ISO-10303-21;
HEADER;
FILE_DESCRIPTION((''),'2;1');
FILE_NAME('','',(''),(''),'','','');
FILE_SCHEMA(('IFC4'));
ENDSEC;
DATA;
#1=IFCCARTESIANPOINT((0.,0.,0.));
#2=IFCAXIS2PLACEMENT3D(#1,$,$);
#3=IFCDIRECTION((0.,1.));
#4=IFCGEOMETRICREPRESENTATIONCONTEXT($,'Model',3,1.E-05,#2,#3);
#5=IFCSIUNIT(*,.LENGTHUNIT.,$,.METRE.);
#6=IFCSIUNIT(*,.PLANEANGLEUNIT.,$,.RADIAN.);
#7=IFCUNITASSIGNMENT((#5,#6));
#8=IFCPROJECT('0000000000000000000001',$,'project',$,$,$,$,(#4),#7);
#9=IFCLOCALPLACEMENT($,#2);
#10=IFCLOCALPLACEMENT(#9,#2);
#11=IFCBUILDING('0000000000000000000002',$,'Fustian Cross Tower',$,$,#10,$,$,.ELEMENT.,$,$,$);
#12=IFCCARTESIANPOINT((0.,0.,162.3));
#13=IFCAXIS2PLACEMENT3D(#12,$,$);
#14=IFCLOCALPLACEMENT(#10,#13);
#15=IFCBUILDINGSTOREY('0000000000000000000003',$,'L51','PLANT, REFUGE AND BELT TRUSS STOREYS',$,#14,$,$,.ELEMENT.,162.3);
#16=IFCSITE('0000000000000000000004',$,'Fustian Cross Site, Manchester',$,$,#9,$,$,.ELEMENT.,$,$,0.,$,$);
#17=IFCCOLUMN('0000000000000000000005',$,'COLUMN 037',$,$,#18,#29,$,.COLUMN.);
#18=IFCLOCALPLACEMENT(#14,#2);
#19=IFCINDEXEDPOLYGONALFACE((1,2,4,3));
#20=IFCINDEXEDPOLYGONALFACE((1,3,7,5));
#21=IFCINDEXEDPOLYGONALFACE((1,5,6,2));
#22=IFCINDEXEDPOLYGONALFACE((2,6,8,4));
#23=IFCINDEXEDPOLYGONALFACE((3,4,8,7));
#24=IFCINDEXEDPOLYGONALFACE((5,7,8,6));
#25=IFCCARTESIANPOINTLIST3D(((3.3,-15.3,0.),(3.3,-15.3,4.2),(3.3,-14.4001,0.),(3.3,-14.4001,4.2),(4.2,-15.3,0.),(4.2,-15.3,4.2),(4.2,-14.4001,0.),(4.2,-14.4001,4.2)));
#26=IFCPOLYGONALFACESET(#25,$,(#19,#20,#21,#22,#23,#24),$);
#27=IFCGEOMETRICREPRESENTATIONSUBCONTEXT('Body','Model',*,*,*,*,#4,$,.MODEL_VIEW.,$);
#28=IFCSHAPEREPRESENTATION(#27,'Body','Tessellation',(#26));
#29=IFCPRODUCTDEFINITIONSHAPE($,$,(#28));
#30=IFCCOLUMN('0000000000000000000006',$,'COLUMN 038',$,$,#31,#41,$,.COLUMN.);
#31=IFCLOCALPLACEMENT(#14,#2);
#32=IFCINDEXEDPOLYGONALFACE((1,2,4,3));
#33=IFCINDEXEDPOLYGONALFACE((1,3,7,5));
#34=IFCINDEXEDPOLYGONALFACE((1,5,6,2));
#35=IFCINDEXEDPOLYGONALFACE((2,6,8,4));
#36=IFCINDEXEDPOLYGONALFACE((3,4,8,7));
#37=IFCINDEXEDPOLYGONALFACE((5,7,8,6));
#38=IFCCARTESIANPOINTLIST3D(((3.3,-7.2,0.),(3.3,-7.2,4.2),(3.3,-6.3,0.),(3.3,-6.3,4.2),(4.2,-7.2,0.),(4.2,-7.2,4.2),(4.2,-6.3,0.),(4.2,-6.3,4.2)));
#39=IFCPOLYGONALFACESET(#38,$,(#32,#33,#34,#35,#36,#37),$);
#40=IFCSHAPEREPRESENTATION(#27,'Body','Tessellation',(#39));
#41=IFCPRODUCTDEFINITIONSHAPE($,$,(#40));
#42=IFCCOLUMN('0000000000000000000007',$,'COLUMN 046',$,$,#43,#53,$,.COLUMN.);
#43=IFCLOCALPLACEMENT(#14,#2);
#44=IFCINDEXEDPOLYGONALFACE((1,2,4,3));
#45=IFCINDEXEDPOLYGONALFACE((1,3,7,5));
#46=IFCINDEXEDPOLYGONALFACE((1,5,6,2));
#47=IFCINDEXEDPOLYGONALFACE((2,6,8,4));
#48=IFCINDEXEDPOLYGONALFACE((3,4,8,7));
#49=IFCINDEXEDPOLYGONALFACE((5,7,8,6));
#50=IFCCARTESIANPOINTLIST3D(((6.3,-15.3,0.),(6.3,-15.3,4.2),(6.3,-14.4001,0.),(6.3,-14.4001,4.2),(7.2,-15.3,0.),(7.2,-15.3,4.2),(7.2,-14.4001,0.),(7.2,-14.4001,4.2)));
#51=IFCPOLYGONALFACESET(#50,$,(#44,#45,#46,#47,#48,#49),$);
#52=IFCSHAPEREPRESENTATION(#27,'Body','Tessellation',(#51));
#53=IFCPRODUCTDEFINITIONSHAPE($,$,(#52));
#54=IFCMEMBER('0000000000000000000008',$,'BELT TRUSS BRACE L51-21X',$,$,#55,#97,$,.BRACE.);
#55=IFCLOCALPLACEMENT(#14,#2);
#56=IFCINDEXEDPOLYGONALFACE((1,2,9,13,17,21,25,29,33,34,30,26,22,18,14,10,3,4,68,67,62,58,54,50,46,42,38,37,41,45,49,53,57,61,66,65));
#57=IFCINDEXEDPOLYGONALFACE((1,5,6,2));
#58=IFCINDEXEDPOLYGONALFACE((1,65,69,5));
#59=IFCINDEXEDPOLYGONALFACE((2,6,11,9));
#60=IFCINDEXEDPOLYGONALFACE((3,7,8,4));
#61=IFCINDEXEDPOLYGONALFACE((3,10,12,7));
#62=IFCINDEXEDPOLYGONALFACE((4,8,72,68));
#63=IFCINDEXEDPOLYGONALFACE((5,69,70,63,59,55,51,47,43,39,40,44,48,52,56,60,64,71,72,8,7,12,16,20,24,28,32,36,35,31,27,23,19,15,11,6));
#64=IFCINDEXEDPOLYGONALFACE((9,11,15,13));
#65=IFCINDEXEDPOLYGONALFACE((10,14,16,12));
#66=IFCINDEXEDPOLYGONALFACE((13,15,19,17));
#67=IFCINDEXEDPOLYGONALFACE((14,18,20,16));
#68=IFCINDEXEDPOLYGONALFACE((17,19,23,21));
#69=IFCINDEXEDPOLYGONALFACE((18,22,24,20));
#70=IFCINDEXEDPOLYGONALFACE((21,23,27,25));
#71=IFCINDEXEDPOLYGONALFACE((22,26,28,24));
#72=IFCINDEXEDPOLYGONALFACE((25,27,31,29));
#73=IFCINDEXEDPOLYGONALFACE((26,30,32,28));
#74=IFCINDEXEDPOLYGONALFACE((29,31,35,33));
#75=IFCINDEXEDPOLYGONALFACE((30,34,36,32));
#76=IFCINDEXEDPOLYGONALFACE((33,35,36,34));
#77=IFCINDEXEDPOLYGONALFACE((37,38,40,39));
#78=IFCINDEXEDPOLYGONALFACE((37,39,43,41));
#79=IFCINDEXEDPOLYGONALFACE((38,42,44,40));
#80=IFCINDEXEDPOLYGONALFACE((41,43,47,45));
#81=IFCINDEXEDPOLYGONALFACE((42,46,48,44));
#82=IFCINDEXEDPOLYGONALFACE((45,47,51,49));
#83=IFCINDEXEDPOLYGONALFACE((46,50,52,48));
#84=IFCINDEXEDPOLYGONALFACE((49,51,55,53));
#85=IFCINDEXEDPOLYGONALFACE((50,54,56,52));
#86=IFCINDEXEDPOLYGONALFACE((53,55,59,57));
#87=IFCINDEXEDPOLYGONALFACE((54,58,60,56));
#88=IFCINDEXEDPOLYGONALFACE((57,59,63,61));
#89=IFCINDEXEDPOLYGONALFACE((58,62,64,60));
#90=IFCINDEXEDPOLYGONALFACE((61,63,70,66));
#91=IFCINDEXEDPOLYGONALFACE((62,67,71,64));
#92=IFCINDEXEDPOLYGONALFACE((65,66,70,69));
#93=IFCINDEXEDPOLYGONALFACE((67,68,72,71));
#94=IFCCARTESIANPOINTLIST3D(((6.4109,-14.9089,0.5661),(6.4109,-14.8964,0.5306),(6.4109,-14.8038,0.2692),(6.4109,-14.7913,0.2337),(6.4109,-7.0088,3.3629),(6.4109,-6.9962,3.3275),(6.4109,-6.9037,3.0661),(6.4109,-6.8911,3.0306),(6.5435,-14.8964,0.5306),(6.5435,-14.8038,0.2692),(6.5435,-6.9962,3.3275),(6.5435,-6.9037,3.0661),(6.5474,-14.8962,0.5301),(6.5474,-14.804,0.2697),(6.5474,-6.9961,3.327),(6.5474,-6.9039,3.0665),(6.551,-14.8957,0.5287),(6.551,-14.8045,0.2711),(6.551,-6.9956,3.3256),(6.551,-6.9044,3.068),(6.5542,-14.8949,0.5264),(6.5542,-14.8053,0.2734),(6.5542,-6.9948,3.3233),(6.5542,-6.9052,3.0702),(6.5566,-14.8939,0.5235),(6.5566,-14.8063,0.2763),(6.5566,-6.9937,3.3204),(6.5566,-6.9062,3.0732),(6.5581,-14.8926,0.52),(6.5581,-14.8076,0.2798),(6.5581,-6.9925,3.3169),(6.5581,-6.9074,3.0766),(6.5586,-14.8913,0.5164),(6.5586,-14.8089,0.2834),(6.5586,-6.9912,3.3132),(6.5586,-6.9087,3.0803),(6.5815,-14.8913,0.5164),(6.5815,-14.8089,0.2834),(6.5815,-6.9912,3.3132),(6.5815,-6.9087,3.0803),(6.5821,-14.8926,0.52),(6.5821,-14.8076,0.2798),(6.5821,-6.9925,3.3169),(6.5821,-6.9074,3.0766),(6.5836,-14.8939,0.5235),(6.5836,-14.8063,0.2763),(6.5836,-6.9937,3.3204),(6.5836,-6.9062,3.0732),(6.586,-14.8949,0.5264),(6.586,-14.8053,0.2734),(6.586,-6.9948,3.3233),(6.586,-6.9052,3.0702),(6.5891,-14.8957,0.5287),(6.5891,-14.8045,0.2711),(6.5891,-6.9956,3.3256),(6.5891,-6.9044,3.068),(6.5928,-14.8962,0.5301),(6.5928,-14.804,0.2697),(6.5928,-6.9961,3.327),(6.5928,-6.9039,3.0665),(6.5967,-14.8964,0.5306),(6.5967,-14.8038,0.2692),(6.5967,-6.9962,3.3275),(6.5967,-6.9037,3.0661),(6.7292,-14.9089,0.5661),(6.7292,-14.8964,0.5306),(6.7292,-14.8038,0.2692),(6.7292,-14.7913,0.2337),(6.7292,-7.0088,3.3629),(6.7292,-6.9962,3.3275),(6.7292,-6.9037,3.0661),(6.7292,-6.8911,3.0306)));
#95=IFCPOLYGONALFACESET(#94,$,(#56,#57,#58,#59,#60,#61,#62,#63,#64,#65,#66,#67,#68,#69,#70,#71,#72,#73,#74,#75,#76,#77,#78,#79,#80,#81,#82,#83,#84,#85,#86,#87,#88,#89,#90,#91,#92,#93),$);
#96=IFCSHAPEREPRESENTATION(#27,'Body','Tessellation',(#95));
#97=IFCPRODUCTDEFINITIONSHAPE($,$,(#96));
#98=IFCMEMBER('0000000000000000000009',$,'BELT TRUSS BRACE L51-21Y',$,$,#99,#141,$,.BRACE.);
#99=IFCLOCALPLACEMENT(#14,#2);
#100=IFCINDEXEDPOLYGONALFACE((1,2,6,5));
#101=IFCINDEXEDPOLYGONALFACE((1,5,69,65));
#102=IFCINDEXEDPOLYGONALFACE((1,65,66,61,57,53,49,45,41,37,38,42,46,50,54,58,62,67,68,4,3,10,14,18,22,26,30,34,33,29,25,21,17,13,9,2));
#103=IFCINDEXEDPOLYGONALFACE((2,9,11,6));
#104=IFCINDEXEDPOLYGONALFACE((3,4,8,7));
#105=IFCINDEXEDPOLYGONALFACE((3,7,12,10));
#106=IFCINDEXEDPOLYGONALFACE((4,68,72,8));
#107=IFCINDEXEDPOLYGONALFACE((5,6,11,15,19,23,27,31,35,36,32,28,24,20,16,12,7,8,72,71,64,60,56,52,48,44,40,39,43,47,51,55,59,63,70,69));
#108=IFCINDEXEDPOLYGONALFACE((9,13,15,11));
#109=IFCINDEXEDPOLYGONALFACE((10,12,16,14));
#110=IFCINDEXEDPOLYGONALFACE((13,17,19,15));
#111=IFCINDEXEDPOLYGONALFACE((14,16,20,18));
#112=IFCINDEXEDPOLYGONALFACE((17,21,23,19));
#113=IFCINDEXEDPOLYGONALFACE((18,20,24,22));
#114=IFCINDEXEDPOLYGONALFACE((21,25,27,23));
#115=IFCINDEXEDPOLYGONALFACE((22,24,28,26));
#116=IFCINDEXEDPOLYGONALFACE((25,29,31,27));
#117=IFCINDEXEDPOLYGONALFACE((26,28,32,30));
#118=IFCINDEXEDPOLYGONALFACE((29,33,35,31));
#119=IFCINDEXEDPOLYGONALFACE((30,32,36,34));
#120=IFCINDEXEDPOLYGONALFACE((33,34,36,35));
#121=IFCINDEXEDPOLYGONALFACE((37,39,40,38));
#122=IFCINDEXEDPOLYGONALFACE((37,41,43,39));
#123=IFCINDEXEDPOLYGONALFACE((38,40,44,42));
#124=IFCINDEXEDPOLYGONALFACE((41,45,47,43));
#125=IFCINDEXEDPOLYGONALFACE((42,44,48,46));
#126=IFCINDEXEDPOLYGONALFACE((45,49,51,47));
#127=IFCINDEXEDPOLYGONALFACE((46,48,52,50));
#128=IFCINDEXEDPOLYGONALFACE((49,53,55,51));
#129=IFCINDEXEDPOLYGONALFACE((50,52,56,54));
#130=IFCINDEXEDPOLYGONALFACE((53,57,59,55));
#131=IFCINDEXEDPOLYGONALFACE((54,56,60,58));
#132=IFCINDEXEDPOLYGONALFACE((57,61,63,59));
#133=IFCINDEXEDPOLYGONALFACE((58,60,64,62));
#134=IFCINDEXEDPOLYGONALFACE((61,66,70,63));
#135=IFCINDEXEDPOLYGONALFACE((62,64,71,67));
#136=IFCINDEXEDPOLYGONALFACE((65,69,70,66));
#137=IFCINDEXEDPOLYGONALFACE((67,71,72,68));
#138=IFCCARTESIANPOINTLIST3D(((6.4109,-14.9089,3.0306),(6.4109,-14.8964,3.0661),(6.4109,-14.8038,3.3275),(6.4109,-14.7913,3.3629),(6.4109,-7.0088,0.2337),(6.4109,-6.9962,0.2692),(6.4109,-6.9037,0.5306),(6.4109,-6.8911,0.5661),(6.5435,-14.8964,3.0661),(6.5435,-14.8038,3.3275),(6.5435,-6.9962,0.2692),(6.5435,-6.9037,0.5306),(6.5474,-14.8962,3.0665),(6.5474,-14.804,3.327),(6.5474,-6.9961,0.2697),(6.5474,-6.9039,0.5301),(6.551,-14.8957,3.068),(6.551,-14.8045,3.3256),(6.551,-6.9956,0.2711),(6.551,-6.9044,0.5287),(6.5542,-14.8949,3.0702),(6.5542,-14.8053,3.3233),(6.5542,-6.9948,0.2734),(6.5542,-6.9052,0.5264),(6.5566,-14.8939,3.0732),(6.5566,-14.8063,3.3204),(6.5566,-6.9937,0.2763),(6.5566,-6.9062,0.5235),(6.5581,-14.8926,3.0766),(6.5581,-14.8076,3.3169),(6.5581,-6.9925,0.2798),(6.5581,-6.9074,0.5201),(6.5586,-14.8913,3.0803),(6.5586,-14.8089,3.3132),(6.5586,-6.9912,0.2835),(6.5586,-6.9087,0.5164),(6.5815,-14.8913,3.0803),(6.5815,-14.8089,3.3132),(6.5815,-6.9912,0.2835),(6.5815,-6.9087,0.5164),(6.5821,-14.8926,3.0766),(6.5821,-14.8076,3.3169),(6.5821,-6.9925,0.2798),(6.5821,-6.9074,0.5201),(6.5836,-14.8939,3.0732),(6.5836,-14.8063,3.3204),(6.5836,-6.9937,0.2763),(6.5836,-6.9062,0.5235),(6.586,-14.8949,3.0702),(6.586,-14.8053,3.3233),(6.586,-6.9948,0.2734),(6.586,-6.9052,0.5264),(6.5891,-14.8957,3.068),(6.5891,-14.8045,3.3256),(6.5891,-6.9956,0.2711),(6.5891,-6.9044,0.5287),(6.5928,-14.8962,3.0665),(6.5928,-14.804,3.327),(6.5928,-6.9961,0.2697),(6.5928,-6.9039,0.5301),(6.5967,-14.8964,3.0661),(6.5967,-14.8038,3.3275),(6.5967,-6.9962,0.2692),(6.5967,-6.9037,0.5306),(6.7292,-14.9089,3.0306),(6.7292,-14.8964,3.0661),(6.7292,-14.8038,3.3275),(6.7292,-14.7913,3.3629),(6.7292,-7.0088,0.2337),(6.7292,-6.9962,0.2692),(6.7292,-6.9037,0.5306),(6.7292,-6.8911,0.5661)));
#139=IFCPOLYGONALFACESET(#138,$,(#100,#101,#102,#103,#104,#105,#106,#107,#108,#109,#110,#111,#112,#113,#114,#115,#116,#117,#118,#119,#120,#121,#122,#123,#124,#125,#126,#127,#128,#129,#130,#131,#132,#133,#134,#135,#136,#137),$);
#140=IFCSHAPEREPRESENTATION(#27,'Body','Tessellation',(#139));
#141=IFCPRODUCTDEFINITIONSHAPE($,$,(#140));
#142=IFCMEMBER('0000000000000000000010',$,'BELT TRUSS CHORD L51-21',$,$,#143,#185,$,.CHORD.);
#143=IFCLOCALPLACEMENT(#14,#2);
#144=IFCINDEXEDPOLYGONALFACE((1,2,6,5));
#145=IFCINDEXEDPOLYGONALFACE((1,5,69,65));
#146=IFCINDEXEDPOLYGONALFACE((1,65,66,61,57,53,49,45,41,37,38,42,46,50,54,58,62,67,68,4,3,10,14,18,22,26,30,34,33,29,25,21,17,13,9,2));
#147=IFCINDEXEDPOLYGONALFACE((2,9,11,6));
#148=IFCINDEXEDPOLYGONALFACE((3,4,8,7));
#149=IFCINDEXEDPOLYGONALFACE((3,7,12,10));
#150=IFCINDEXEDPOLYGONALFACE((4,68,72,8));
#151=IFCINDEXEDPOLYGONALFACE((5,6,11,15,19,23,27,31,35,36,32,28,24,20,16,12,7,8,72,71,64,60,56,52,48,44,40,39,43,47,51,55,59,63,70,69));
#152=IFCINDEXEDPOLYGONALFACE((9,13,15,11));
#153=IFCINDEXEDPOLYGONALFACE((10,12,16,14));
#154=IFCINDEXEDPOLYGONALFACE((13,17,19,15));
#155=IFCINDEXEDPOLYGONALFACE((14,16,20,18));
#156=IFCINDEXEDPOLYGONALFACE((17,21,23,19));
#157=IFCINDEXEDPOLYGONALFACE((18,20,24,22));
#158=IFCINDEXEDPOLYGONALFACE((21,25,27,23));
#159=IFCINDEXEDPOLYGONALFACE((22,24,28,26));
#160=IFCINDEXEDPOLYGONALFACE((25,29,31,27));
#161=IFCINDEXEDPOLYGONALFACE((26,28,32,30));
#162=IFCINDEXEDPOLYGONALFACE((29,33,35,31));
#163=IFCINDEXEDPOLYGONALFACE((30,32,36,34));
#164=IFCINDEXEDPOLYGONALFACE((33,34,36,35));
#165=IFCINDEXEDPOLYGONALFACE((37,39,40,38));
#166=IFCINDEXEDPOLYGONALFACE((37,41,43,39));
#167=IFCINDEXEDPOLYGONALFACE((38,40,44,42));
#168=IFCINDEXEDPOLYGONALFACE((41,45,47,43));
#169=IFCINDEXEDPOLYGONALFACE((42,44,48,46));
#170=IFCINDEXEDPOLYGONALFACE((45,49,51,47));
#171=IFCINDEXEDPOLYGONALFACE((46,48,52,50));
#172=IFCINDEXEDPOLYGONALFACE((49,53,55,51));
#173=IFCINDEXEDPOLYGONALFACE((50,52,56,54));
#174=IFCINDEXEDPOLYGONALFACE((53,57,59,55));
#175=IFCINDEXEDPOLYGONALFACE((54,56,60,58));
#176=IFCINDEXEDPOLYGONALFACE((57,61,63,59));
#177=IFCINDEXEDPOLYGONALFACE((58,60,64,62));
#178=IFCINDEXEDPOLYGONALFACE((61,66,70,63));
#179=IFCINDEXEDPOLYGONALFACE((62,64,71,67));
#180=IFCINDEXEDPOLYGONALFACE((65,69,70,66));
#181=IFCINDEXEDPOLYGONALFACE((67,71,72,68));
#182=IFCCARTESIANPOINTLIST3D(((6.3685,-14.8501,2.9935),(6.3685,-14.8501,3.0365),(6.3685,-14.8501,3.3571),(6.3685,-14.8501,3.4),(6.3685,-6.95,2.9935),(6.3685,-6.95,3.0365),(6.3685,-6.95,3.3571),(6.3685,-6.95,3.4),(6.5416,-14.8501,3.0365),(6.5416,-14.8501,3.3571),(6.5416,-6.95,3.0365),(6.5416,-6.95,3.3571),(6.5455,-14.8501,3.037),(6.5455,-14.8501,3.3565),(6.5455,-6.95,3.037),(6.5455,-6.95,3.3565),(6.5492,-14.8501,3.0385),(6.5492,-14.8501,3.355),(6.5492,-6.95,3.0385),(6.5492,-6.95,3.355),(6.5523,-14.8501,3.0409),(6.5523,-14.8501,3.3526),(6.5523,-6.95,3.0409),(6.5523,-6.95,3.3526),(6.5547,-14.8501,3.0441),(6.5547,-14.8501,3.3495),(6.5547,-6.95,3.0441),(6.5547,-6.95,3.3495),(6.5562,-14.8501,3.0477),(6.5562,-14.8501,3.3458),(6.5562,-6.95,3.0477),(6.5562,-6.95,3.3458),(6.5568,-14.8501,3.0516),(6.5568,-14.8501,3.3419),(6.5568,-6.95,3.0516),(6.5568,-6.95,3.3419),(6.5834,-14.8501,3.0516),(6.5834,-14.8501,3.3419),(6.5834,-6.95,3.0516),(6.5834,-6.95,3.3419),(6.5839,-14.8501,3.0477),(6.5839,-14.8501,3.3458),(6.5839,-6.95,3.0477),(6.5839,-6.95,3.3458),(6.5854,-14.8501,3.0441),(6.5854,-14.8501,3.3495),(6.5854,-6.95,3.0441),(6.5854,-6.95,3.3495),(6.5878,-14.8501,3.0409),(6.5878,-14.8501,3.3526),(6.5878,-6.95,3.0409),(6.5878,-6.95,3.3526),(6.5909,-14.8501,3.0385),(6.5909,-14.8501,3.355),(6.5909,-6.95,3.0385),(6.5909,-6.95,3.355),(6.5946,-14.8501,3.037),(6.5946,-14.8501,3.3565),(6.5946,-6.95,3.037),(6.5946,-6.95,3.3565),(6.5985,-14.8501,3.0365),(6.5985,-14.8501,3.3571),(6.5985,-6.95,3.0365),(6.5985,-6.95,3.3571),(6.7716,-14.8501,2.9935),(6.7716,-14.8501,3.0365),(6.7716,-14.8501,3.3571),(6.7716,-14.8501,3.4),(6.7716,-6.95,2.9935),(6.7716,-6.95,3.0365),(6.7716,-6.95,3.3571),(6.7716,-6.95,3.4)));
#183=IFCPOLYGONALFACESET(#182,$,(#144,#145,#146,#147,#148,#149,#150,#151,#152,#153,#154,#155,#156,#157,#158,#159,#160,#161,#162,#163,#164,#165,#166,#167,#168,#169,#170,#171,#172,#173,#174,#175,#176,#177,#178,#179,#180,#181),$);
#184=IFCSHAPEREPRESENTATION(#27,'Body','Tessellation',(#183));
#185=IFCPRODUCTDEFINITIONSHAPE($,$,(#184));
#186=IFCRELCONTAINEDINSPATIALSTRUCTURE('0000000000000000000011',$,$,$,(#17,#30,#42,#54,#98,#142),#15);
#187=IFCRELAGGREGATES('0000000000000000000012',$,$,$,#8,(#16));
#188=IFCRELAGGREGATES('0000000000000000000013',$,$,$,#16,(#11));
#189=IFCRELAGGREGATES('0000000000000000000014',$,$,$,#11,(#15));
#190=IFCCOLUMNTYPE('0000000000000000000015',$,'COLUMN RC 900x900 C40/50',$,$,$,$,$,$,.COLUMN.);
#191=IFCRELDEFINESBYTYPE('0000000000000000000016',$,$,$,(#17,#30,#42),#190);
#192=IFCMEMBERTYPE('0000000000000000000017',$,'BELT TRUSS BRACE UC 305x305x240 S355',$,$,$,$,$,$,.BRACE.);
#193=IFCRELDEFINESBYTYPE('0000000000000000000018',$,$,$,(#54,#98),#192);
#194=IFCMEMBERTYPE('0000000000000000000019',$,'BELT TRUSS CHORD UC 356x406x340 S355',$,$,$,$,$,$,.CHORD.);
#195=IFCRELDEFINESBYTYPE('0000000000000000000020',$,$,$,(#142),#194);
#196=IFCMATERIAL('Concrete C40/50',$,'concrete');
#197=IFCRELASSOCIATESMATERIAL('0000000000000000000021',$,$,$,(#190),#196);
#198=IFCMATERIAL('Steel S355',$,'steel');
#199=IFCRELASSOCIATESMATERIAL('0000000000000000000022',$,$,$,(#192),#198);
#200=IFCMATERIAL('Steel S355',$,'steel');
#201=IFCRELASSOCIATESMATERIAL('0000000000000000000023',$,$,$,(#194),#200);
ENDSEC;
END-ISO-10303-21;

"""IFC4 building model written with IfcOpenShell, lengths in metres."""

from ifc_helpers import new_model, si_unit, direction, frame, origin, origin_2d, place, context, subcontext, project, spatial, rectangle, i_section, extrude, material, material_profile, profile_set, type_object, element, save


model = new_model("IFC4")

# Units and contexts
model_context = context("Model", 3, precision=1e-05, world=origin(), true_north=direction((0.0, 1.0)))
body_context = subcontext(model_context, "Body", "Model", "MODEL_VIEW")
ifc_project = project(units=[si_unit("LENGTHUNIT", "METRE"), si_unit("PLANEANGLEUNIT", "RADIAN")], contexts=[model_context])

# Site, building, storey
site_placement = place(None, origin())
site = spatial("IfcSite", under=ifc_project, at=site_placement, Name="Fustian Cross Site, Manchester", CompositionType="ELEMENT", RefElevation=0.0)
building_placement = place(site_placement, origin())
building = spatial("IfcBuilding", under=site, at=building_placement, Name="Fustian Cross Tower", CompositionType="ELEMENT")
storey_placement = place(building_placement, frame((0.0, 0.0, 162.3)))
storey = spatial("IfcBuildingStorey", under=building, at=storey_placement, Name="L51", Description="PLANT, REFUGE AND BELT TRUSS STOREYS", CompositionType="ELEMENT", Elevation=162.3)

# Columns
ifc_material_1 = material(Name="Concrete C40/50", Category="concrete")
ifc_material_profile_1 = material_profile(ifc_material_1, rectangle(XDim=0.8999, YDim=0.8999, at=origin_2d()), Name="RC 900x900")
ifc_profile_set_1 = profile_set([ifc_material_profile_1], Name="Concrete C40/50")
column_type = type_object("IfcColumnType", Name="COLUMN RC 900x900 C40/50", PredefinedType="COLUMN", material=ifc_profile_set_1)
for number, where, z_axis, x_axis, name in (
    (1, (3.75, -14.8501, 0.0), (0.0, 0.0, 1.0), (1.0, 0.0, 0.0), "COLUMN 037"),
    (2, (3.75, -6.75, 0.0), (0.0, 0.0, 1.0), (1.0, 0.0, 0.0), "COLUMN 038"),
    (3, (6.75, -14.8501, 0.0), (0.0, 0.0, 1.0), (1.0, 0.0, 0.0), "COLUMN 046"),
):
    element("IfcColumn", number, at=place(storey_placement, frame(where, z_axis=z_axis, x_axis=x_axis)), inside=storey, type_object=column_type, Name=name, PredefinedType="COLUMN", context=body_context, shape_type="SweptSolid", body=[
        extrude(rectangle(XDim=0.8999, YDim=0.8999, at=origin_2d()), origin(), (0.0, 0.0, 1.0), 4.2),
    ])

# Members
ifc_material_2 = material(Name="Steel S355", Category="steel")
ifc_material_profile_2 = material_profile(ifc_material_2, i_section(OverallWidth=0.3184, OverallDepth=0.3525, WebThickness=0.0229, FlangeThickness=0.0376, FilletRadius=0.0151, at=origin_2d()), Name="UC 305x305x240")
ifc_profile_set_2 = profile_set([ifc_material_profile_2], Name="Steel S355")
member_type_1 = type_object("IfcMemberType", Name="BELT TRUSS BRACE UC 305x305x240 S355", PredefinedType="BRACE", material=ifc_profile_set_2)
for number, where, z_axis, x_axis, name in (
    (4, (6.5701, -14.8501, 0.3999), (0.0, 0.942668, 0.333731), (-1.0, 0.0, 0.0), "BELT TRUSS BRACE L51-21X"),
    (5, (6.5701, -14.8501, 3.1968), (0.0, 0.942668, -0.333731), (-1.0, 0.0, 0.0), "BELT TRUSS BRACE L51-21Y"),
):
    element("IfcMember", number, at=place(storey_placement, frame(where, z_axis=z_axis, x_axis=x_axis)), inside=storey, type_object=member_type_1, Name=name, PredefinedType="BRACE", context=body_context, shape_type="SweptSolid", body=[
        extrude(i_section(OverallWidth=0.3184, OverallDepth=0.3525, WebThickness=0.0229, FlangeThickness=0.0376, FilletRadius=0.0151, at=origin_2d()), origin(), (0.0, 0.0, 1.0), 8.3806),
    ])
ifc_material_3 = material(Name="Steel S355", Category="steel")
ifc_material_profile_3 = material_profile(ifc_material_3, i_section(OverallWidth=0.4031, OverallDepth=0.4065, WebThickness=0.0266, FlangeThickness=0.043, FilletRadius=0.0151, at=origin_2d()), Name="UC 356x406x340")
ifc_profile_set_3 = profile_set([ifc_material_profile_3], Name="Steel S355")
member_type_2 = type_object("IfcMemberType", Name="BELT TRUSS CHORD UC 356x406x340 S355", PredefinedType="CHORD", material=ifc_profile_set_3)
for number, where, z_axis, x_axis, name in (
    (6, (6.5701, -14.8501, 3.1968), (0.0, 1.0, 0.0), (-1.0, 0.0, 0.0), "BELT TRUSS CHORD L51-21"),
):
    element("IfcMember", number, at=place(storey_placement, frame(where, z_axis=z_axis, x_axis=x_axis)), inside=storey, type_object=member_type_2, Name=name, PredefinedType="CHORD", context=body_context, shape_type="SweptSolid", body=[
        extrude(i_section(OverallWidth=0.4031, OverallDepth=0.4065, WebThickness=0.0266, FlangeThickness=0.043, FilletRadius=0.0151, at=origin_2d()), origin(), (0.0, 0.0, 1.0), 7.9001),
    ])

save(model, "model.ifc")
